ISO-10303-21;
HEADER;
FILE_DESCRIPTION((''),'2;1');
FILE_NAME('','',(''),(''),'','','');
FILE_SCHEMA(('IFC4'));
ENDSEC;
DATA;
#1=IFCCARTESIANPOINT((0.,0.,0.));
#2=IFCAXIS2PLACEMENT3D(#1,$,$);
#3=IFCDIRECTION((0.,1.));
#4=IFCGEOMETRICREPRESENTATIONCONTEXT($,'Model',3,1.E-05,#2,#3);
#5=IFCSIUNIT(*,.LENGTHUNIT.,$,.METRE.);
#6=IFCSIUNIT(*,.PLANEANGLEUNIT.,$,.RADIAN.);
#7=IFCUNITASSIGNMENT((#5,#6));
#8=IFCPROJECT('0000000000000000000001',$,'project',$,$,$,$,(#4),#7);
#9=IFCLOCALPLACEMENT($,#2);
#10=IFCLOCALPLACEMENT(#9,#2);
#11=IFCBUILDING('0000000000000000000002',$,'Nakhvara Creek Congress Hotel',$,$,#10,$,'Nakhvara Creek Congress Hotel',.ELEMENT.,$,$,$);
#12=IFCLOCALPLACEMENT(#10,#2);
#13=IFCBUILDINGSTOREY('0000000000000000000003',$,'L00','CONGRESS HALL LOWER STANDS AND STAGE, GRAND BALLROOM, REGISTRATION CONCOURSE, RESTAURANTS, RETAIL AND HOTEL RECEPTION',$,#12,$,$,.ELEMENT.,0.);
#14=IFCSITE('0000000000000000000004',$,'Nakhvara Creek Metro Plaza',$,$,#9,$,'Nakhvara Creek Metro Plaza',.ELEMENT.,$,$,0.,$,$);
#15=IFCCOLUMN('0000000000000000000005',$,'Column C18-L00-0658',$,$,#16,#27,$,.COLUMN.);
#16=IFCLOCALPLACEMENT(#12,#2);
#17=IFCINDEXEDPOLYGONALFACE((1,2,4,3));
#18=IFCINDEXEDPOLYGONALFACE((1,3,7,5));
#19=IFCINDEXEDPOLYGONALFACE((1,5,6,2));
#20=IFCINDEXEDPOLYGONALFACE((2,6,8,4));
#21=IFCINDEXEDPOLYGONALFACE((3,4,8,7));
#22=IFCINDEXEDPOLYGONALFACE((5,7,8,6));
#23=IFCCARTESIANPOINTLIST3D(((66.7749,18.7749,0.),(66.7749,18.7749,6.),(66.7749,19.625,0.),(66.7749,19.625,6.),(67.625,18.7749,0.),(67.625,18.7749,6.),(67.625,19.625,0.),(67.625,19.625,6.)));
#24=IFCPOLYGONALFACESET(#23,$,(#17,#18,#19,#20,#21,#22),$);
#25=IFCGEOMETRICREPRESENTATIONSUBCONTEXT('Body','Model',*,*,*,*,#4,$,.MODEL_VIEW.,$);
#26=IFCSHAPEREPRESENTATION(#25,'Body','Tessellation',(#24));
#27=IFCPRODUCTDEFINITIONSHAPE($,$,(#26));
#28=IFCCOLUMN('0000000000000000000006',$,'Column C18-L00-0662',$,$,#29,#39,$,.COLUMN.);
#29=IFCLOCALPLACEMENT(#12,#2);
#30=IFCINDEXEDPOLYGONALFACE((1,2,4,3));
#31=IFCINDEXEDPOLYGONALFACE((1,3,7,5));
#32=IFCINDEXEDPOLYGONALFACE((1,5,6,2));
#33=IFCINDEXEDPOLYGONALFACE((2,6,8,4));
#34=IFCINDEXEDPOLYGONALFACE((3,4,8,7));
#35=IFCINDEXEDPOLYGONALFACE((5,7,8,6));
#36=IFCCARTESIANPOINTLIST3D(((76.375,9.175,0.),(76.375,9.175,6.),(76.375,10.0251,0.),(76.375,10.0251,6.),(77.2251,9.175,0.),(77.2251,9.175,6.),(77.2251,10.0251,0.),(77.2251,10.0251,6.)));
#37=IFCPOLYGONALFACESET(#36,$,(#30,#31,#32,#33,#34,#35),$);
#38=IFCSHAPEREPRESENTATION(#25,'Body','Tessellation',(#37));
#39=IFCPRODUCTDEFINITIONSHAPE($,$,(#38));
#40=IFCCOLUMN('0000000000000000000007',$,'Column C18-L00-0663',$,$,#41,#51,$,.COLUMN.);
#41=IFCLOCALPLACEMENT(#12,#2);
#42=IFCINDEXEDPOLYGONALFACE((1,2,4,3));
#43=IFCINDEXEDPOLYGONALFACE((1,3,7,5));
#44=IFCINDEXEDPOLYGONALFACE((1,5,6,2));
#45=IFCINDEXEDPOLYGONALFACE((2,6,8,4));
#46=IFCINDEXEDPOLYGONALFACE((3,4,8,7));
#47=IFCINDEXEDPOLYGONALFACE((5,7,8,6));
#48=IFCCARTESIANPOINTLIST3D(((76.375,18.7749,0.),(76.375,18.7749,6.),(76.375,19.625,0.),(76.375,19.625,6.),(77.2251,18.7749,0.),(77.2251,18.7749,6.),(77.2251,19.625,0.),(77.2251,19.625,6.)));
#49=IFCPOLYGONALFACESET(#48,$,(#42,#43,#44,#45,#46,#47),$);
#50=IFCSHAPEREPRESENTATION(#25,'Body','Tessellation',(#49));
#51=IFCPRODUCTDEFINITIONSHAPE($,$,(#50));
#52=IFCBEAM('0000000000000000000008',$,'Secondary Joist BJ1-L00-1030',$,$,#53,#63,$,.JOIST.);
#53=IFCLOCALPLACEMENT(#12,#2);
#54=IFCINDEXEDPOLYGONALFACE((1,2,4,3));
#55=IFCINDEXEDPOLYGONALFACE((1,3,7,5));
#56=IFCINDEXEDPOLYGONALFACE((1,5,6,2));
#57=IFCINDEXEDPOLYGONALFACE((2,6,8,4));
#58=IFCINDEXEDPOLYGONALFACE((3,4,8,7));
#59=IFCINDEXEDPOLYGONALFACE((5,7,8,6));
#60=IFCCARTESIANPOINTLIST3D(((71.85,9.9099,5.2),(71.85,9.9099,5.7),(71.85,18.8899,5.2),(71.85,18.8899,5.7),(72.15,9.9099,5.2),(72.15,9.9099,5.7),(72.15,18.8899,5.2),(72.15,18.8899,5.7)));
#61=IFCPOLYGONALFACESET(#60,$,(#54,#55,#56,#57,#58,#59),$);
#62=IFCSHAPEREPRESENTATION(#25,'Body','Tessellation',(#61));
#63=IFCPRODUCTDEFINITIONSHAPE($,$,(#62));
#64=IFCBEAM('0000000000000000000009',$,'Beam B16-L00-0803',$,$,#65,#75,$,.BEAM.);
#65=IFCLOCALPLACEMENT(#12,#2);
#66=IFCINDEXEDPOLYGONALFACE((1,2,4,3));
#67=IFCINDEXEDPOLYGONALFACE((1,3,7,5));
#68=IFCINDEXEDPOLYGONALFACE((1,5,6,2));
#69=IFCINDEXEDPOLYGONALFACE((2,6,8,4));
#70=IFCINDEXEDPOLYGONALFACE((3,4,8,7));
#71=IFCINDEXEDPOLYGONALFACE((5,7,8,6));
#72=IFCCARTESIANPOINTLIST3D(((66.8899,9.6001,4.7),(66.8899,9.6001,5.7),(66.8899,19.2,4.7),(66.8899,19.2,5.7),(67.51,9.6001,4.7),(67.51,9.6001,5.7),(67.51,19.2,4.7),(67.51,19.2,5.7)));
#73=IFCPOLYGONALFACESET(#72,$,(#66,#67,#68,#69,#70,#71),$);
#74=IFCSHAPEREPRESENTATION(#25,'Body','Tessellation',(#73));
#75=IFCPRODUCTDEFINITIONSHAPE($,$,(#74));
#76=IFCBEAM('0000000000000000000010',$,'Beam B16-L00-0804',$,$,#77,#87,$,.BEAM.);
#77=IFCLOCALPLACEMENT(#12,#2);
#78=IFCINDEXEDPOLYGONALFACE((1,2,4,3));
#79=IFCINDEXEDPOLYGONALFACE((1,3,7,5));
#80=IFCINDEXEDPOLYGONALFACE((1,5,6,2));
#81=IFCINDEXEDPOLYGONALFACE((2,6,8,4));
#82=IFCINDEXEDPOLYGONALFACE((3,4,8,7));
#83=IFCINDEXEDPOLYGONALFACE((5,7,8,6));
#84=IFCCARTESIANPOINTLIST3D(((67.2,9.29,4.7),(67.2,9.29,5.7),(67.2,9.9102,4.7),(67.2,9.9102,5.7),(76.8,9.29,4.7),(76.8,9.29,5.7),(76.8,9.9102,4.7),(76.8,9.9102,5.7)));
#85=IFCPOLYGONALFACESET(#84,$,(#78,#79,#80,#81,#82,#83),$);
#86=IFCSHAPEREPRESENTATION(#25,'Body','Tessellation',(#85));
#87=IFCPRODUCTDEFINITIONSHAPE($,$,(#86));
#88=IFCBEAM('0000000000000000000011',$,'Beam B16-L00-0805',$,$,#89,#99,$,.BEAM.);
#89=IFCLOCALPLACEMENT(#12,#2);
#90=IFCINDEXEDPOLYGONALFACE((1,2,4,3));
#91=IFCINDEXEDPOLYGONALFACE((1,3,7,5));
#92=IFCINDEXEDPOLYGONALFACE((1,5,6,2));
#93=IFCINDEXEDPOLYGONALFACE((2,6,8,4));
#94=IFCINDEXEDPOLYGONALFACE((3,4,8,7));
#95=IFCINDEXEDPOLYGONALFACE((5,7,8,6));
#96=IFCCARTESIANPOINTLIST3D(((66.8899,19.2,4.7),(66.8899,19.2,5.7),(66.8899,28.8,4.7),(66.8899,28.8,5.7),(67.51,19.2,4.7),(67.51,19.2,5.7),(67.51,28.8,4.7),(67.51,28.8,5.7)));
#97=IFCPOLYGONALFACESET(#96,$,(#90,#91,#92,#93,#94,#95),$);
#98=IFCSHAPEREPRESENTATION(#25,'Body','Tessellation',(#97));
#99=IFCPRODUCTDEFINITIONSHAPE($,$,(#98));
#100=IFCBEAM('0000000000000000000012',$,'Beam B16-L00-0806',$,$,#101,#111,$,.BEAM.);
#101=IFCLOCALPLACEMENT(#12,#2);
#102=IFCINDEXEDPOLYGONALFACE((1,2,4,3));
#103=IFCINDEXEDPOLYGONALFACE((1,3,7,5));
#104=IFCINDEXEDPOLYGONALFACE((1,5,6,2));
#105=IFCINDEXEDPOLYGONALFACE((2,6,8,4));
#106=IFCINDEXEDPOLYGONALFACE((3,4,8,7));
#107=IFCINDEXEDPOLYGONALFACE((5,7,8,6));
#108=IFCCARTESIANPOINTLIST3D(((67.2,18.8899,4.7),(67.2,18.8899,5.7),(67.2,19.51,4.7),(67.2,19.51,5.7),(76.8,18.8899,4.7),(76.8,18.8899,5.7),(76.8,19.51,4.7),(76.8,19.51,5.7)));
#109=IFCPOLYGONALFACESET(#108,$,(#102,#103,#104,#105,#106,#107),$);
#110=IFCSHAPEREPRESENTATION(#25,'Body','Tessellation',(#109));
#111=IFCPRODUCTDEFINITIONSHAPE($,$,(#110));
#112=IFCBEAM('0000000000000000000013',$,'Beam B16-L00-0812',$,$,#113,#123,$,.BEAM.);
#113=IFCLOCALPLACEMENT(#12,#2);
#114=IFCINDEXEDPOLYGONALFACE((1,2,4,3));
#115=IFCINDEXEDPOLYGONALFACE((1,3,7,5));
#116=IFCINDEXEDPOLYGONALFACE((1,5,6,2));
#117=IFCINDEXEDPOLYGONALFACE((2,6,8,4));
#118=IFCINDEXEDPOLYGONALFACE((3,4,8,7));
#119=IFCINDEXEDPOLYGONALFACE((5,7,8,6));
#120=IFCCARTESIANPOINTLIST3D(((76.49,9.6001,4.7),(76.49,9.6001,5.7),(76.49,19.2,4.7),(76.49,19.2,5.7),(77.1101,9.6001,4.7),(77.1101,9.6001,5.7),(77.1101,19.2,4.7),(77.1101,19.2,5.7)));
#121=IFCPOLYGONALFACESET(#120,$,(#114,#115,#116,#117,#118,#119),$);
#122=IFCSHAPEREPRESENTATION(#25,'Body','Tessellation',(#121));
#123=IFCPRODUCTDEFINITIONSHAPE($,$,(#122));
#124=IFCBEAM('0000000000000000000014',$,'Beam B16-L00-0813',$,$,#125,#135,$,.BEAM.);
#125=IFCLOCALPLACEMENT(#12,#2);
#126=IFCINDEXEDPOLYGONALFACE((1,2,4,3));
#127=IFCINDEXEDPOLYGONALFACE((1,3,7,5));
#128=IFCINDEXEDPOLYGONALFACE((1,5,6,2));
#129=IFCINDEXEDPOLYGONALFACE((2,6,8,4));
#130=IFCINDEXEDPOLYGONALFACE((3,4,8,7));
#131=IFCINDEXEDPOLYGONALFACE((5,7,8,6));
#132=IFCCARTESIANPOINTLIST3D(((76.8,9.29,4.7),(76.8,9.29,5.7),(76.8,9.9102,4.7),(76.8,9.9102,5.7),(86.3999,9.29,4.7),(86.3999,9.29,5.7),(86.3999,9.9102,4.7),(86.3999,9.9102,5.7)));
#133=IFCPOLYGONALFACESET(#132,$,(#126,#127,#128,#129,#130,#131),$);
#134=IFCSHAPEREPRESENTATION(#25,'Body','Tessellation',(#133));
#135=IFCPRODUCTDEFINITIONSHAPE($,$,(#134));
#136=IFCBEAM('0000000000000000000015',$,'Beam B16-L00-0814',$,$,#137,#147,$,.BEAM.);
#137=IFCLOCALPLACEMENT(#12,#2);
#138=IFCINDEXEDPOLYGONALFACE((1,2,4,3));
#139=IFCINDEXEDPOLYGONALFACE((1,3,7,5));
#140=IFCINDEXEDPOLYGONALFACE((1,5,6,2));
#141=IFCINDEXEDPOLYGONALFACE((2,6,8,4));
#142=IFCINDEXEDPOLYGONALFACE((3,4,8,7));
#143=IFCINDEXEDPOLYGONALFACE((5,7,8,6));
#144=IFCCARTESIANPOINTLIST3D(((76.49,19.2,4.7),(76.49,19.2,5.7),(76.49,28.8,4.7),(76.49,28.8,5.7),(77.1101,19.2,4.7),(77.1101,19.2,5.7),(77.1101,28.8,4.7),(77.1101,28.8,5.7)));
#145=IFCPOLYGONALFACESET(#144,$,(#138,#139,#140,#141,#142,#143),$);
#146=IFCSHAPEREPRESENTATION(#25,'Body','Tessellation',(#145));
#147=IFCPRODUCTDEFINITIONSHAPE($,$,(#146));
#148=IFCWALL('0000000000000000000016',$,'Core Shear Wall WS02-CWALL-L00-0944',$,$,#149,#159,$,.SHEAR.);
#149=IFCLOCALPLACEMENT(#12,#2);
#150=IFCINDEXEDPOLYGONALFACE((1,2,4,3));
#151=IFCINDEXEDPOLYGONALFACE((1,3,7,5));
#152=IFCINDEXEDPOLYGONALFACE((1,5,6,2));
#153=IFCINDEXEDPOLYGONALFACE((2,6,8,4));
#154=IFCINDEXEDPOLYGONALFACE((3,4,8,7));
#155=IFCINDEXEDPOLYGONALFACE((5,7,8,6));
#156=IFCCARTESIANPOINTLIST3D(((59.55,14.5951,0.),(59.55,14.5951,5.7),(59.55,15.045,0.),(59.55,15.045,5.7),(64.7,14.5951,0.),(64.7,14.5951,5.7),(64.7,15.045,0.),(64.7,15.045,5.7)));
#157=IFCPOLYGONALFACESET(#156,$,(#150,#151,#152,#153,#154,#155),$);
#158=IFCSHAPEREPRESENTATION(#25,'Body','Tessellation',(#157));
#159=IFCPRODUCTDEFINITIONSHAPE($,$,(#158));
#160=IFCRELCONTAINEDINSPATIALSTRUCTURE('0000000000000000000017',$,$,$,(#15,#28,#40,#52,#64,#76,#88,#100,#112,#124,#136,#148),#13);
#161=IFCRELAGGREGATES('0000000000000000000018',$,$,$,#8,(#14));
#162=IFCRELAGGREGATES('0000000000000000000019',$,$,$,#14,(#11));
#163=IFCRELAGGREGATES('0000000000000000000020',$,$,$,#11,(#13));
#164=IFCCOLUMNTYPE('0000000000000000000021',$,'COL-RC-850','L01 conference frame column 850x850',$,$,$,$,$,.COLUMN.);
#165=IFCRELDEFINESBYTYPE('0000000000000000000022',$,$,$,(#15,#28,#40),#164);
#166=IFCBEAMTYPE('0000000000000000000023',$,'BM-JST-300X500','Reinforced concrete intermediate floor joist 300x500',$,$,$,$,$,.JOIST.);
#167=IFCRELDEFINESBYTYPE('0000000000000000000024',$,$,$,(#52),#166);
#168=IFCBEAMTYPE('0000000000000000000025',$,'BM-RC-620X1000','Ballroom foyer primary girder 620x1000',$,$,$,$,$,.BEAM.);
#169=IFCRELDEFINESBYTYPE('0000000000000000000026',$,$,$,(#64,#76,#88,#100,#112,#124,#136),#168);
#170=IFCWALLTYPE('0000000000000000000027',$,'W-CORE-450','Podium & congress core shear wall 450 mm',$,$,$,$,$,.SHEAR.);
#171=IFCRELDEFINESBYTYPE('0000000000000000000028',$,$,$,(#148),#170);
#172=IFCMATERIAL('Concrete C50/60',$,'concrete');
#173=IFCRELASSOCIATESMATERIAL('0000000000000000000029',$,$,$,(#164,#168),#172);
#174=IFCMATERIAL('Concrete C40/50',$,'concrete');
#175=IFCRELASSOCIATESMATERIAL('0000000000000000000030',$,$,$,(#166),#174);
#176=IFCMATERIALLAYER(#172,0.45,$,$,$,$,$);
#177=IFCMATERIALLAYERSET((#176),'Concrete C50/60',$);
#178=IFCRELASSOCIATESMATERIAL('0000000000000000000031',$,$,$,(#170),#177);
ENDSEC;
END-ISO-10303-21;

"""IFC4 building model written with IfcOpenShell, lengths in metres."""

from ifc_helpers import new_model, si_unit, direction, frame, frame_2d, origin, origin_2d, place, context, subcontext, project, spatial, rectangle, extrude, material, layer, layer_set, material_profile, profile_set, type_object, element, save


model = new_model("IFC4")

# Units and contexts
model_context = context("Model", 3, precision=1e-05, world=origin(), true_north=direction((0.0, 1.0)))
body_context = subcontext(model_context, "Body", "Model", "MODEL_VIEW")
ifc_project = project(units=[si_unit("LENGTHUNIT", "METRE"), si_unit("PLANEANGLEUNIT", "RADIAN")], contexts=[model_context])

# Site, building, storey
site_placement = place(None, origin())
site = spatial("IfcSite", under=ifc_project, at=site_placement, Name="Nakhvara Creek Metro Plaza", LongName="Nakhvara Creek Metro Plaza", CompositionType="ELEMENT", RefElevation=0.0)
building_placement = place(site_placement, origin())
building = spatial("IfcBuilding", under=site, at=building_placement, Name="Nakhvara Creek Congress Hotel", LongName="Nakhvara Creek Congress Hotel", CompositionType="ELEMENT")
storey_placement = place(building_placement, origin())
storey = spatial("IfcBuildingStorey", under=building, at=storey_placement, Name="L00", Description="CONGRESS HALL LOWER STANDS AND STAGE, GRAND BALLROOM, REGISTRATION CONCOURSE, RESTAURANTS, RETAIL AND HOTEL RECEPTION", CompositionType="ELEMENT", Elevation=0.0)

# Columns
ifc_material_1 = material(Name="Concrete C50/60", Category="concrete")
ifc_material_profile_1 = material_profile(ifc_material_1, rectangle(XDim=0.8501, YDim=0.8501, at=origin_2d()), Name="RC-COL 850x850", Category="LoadBearing")
ifc_profile_set_1 = profile_set([ifc_material_profile_1], Name="Concrete C50/60")
column_type = type_object("IfcColumnType", Name="COL-RC-850", Description="L01 conference frame column 850x850", PredefinedType="COLUMN", material=ifc_profile_set_1)
for number, where, z_axis, x_axis, name in (
    (1, (67.2, 19.2, 0.0), (0.0, 0.0, 1.0), (1.0, 0.0, 0.0), "Column C18-L00-0658"),
    (2, (76.8, 9.6001, 0.0), (0.0, 0.0, 1.0), (1.0, 0.0, 0.0), "Column C18-L00-0662"),
    (3, (76.8, 19.2, 0.0), (0.0, 0.0, 1.0), (1.0, 0.0, 0.0), "Column C18-L00-0663"),
):
    element("IfcColumn", number, at=place(storey_placement, frame(where, z_axis=z_axis, x_axis=x_axis)), inside=storey, type_object=column_type, Name=name, PredefinedType="COLUMN", context=body_context, shape_type="SweptSolid", body=[
        extrude(rectangle(XDim=0.8501, YDim=0.8501, at=origin_2d()), origin(), (0.0, 0.0, 1.0), 6.0),
    ])

# Beams
ifc_material_2 = material(Name="Concrete C40/50", Category="concrete")
ifc_material_profile_2 = material_profile(ifc_material_2, rectangle(XDim=0.3, YDim=0.5, at=origin_2d()), Name="RC-BM 300x500", Category="LoadBearing")
ifc_profile_set_2 = profile_set([ifc_material_profile_2], Name="Concrete C40/50")
beam_type_1 = type_object("IfcBeamType", Name="BM-JST-300X500", Description="Reinforced concrete intermediate floor joist 300x500", PredefinedType="JOIST", material=ifc_profile_set_2)
beam_1_placement = place(storey_placement, frame((72.0, 9.9099, 5.45), z_axis=(0.0, 1.0, 0.0), x_axis=(-1.0, 0.0, 0.0)))
element("IfcBeam", 4, at=beam_1_placement, inside=storey, type_object=beam_type_1, Name="Secondary Joist BJ1-L00-1030", PredefinedType="JOIST", context=body_context, shape_type="SweptSolid", body=[
    extrude(rectangle(XDim=0.3, YDim=0.5, at=origin_2d()), origin(), (0.0, 0.0, 1.0), 8.98),
])
ifc_material_profile_3 = material_profile(ifc_material_1, rectangle(XDim=0.6201, YDim=1.0, at=origin_2d()), Name="RC-BM 620x1000", Category="LoadBearing")
ifc_profile_set_3 = profile_set([ifc_material_profile_3], Name="Concrete C50/60")
beam_type_2 = type_object("IfcBeamType", Name="BM-RC-620X1000", Description="Ballroom foyer primary girder 620x1000", PredefinedType="BEAM", material=ifc_profile_set_3)
beam_2_placement = place(storey_placement, frame((67.2, 9.6001, 5.2), z_axis=(0.0, 1.0, 0.0), x_axis=(-1.0, 0.0, 0.0)))
element("IfcBeam", 5, at=beam_2_placement, inside=storey, type_object=beam_type_2, Name="Beam B16-L00-0803", PredefinedType="BEAM", context=body_context, shape_type="SweptSolid", body=[
    extrude(rectangle(XDim=0.6201, YDim=1.0, at=origin_2d()), origin(), (0.0, 0.0, 1.0), 9.5999),
])
for number, where, z_axis, x_axis, name in (
    (6, (67.2, 9.6001, 5.2), (1.0, 0.0, 0.0), (0.0, 1.0, 0.0), "Beam B16-L00-0804"),
    (7, (67.2, 19.2, 5.2), (0.0, 1.0, 0.0), (-1.0, 0.0, 0.0), "Beam B16-L00-0805"),
    (8, (67.2, 19.2, 5.2), (1.0, 0.0, 0.0), (0.0, 1.0, 0.0), "Beam B16-L00-0806"),
):
    element("IfcBeam", number, at=place(storey_placement, frame(where, z_axis=z_axis, x_axis=x_axis)), inside=storey, type_object=beam_type_2, Name=name, PredefinedType="BEAM", context=body_context, shape_type="SweptSolid", body=[
        extrude(rectangle(XDim=0.6201, YDim=1.0, at=origin_2d()), origin(), (0.0, 0.0, 1.0), 9.6001),
    ])
for number, where, z_axis, x_axis, name in (
    (9, (76.8, 9.6001, 5.2), (0.0, 1.0, 0.0), (-1.0, 0.0, 0.0), "Beam B16-L00-0812"),
    (10, (76.8, 9.6001, 5.2), (1.0, 0.0, 0.0), (0.0, 1.0, 0.0), "Beam B16-L00-0813"),
):
    element("IfcBeam", number, at=place(storey_placement, frame(where, z_axis=z_axis, x_axis=x_axis)), inside=storey, type_object=beam_type_2, Name=name, PredefinedType="BEAM", context=body_context, shape_type="SweptSolid", body=[
        extrude(rectangle(XDim=0.6201, YDim=1.0, at=origin_2d()), origin(), (0.0, 0.0, 1.0), 9.5999),
    ])
beam_3_placement = place(storey_placement, frame((76.8, 19.2, 5.2), z_axis=(0.0, 1.0, 0.0), x_axis=(-1.0, 0.0, 0.0)))
element("IfcBeam", 11, at=beam_3_placement, inside=storey, type_object=beam_type_2, Name="Beam B16-L00-0814", PredefinedType="BEAM", context=body_context, shape_type="SweptSolid", body=[
    extrude(rectangle(XDim=0.6201, YDim=1.0, at=origin_2d()), origin(), (0.0, 0.0, 1.0), 9.6001),
])

# Wall
ifc_layer_1 = layer(ifc_material_1, 0.45)
ifc_layer_set_1 = layer_set([ifc_layer_1], Name="Concrete C50/60")
wall_type = type_object("IfcWallType", Name="W-CORE-450", Description="Podium & congress core shear wall 450 mm", PredefinedType="SHEAR", material=ifc_layer_set_1)
wall_placement = place(storey_placement, frame((59.55, 14.8201, 0.0), z_axis=(0.0, 0.0, 1.0), x_axis=(1.0, 0.0, 0.0)))
element("IfcWall", 12, at=wall_placement, inside=storey, type_object=wall_type, Name="Core Shear Wall WS02-CWALL-L00-0944", PredefinedType="SHEAR", context=body_context, shape_type="SweptSolid", body=[
    extrude(rectangle(XDim=5.1499, YDim=0.45, at=frame_2d((2.575, 0.0))), origin(), (0.0, 0.0, 1.0), 5.7),
])

save(model, "model.ifc")
